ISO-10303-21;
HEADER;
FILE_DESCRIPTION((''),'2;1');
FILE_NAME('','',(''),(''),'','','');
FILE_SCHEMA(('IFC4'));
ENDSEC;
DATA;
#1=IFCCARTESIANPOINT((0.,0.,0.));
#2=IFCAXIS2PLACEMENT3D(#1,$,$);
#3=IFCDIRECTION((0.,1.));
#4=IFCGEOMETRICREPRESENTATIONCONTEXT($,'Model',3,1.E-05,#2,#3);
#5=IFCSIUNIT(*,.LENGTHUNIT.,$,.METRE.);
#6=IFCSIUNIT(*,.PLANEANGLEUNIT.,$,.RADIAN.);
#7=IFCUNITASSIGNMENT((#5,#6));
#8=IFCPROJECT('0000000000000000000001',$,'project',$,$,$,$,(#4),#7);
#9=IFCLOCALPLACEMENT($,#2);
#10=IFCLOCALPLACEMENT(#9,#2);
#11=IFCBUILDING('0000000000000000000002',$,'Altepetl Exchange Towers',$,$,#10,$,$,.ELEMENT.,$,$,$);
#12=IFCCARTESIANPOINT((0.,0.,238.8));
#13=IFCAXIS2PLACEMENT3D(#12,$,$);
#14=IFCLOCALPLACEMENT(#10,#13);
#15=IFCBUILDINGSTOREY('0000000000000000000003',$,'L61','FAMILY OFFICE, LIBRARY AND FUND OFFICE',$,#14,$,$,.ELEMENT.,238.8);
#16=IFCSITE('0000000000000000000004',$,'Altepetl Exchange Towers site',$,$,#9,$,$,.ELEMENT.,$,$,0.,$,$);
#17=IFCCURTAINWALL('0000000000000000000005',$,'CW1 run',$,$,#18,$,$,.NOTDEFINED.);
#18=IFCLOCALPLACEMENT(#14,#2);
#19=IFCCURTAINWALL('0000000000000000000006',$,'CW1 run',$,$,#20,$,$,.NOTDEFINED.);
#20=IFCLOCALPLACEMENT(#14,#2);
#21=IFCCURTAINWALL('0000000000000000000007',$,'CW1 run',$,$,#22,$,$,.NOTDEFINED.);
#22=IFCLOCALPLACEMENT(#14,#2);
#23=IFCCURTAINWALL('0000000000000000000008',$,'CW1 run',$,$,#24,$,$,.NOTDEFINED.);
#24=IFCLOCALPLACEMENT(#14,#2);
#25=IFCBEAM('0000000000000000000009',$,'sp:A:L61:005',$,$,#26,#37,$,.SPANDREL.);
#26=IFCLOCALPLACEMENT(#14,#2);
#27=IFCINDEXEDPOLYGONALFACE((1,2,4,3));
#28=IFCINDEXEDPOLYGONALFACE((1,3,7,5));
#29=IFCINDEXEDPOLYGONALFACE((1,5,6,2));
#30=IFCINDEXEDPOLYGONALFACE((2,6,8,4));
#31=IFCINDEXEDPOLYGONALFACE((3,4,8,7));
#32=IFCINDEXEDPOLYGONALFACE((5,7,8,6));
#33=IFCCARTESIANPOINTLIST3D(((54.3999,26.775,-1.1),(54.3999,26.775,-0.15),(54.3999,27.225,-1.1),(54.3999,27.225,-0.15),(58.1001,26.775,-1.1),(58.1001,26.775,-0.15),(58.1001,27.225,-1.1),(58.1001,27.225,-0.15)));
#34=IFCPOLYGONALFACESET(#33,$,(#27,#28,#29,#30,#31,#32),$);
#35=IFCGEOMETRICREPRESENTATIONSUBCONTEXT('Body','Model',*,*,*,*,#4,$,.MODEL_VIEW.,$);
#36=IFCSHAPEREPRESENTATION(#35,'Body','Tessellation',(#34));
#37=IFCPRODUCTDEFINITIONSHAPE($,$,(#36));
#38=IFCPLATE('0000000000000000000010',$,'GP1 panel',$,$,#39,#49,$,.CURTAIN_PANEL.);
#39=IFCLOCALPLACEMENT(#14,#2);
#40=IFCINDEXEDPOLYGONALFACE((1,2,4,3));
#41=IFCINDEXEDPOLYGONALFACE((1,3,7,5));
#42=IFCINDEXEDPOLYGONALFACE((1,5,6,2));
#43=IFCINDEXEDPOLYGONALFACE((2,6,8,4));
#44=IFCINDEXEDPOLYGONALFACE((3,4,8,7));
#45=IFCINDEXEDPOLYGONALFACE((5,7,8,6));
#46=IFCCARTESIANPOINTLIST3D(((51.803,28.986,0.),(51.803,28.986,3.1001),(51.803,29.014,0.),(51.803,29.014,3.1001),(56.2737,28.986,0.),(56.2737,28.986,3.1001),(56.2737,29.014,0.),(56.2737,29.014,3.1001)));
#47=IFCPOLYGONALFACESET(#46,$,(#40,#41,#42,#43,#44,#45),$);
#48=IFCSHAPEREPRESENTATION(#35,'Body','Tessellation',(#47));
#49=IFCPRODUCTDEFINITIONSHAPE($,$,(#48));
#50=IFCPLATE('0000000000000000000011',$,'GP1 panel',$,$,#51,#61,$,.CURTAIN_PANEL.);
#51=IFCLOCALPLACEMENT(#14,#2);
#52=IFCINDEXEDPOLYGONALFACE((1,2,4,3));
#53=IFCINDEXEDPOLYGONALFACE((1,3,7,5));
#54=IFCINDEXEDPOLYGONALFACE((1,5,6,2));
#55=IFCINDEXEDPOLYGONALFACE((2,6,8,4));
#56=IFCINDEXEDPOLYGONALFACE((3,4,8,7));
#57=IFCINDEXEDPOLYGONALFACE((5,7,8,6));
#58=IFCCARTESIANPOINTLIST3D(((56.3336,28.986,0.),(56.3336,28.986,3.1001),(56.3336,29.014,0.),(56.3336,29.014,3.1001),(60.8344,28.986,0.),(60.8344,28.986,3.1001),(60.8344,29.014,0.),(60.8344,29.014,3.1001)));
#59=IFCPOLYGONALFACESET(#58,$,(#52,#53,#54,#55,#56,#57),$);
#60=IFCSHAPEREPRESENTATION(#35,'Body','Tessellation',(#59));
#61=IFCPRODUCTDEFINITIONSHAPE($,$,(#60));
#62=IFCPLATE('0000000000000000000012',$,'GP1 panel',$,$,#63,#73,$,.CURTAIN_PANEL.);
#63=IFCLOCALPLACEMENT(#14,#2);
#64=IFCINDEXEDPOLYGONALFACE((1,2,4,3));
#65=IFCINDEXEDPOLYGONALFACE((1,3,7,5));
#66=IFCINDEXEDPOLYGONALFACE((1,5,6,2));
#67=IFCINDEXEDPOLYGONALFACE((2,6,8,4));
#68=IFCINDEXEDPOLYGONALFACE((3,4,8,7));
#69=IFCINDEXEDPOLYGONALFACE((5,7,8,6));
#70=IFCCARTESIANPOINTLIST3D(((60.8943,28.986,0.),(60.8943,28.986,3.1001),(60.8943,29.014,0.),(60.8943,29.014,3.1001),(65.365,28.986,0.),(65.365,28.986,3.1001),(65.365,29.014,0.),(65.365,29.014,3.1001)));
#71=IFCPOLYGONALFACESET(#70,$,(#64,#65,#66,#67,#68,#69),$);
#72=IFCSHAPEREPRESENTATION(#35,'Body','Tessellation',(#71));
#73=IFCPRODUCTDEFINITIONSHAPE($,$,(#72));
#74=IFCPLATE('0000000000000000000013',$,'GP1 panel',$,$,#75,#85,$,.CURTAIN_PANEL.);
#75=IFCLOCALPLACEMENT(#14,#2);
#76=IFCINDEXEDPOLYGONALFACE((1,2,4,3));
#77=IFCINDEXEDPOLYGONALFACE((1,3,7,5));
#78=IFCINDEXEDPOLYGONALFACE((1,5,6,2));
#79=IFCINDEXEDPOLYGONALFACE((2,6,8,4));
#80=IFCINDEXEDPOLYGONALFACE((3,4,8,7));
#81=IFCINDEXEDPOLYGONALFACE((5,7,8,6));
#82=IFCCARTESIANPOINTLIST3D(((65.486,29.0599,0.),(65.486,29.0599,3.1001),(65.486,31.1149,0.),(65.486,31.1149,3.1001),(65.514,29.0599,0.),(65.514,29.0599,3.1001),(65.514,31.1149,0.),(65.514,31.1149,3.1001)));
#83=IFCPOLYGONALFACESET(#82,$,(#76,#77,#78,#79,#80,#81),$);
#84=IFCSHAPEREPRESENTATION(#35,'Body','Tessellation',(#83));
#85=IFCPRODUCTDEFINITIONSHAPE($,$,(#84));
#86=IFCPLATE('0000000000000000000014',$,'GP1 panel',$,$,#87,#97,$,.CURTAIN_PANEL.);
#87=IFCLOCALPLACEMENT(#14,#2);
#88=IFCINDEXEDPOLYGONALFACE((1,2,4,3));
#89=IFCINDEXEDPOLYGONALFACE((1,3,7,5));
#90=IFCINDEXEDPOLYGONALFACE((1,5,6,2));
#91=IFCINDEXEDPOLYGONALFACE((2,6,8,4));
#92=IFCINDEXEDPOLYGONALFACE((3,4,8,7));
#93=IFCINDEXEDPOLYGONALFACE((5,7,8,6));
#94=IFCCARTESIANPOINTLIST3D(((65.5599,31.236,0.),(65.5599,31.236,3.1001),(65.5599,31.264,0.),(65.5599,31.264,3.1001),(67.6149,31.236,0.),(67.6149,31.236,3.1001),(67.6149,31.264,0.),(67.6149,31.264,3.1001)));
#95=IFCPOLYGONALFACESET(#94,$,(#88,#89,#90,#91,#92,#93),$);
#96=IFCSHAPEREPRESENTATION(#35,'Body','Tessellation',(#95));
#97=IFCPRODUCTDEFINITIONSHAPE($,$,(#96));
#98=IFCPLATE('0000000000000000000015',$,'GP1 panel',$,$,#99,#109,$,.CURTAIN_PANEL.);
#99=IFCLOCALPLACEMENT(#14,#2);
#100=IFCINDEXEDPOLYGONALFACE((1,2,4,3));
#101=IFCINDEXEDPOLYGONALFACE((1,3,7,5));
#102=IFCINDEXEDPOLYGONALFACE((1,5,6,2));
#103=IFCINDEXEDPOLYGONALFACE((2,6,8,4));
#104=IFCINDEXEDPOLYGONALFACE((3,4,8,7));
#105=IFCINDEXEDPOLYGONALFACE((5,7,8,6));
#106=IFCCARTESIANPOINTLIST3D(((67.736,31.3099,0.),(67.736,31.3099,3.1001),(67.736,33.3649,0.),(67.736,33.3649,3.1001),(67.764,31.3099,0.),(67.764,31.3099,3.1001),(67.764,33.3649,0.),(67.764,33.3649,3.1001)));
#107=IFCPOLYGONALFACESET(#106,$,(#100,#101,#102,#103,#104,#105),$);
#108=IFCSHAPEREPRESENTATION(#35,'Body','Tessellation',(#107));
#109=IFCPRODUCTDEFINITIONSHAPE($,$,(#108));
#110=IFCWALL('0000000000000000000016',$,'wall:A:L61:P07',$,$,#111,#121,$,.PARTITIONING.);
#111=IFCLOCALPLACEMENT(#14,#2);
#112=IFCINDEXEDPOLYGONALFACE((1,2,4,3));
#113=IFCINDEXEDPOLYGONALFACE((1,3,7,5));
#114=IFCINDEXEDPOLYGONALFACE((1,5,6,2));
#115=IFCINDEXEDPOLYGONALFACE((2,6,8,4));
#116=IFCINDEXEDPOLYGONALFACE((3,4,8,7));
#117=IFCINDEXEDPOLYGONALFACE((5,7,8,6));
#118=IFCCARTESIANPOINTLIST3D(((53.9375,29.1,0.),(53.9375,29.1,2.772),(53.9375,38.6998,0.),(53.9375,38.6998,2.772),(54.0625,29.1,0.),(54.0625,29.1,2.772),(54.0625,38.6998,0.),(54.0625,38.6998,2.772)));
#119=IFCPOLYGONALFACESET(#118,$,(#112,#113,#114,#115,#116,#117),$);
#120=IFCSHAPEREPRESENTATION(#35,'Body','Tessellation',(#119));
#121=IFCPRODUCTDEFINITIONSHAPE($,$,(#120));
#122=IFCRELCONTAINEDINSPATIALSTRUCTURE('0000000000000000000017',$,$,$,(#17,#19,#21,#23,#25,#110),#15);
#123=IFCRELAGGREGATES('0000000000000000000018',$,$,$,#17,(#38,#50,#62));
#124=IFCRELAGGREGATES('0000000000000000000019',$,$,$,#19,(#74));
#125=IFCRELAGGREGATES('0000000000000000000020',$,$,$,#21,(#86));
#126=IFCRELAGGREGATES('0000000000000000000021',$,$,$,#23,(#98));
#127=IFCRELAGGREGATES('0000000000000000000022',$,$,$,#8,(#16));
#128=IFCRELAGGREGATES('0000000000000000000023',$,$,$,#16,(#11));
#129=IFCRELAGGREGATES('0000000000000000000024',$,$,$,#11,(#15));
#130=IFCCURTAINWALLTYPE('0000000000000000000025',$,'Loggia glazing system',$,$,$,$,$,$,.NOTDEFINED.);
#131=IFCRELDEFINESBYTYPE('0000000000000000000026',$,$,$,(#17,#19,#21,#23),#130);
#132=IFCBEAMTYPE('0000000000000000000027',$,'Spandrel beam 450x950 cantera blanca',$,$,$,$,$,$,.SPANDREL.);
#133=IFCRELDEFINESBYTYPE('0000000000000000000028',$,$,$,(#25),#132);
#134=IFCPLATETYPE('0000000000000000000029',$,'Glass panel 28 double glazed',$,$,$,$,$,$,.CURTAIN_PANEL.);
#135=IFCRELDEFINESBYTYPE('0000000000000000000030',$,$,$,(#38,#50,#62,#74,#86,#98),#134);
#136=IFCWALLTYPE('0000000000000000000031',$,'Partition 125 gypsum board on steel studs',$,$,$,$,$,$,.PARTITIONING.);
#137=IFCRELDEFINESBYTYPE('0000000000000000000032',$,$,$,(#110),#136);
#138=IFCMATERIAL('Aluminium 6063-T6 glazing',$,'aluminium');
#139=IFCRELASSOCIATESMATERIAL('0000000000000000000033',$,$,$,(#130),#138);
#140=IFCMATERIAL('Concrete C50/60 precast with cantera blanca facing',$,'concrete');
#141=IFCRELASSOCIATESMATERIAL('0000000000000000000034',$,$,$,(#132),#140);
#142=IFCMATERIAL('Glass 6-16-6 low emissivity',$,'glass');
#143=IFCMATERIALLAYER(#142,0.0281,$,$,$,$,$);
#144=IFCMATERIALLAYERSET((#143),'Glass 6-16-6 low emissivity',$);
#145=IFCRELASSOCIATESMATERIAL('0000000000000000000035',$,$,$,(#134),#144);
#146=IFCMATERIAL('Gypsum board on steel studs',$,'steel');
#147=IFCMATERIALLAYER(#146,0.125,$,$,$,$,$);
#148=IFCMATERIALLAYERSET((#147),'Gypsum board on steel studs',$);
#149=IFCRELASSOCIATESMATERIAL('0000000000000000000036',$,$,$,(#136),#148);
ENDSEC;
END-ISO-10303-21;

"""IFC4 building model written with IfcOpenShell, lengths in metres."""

from ifc_helpers import new_model, si_unit, direction, frame, frame_2d, origin, origin_2d, place, context, subcontext, project, spatial, rectangle, extrude, material, layer, layer_set, material_profile, profile_set, type_object, element, aggregate, save


model = new_model("IFC4")

# Units and contexts
model_context = context("Model", 3, precision=1e-05, world=origin(), true_north=direction((0.0, 1.0)))
body_context = subcontext(model_context, "Body", "Model", "MODEL_VIEW")
ifc_project = project(units=[si_unit("LENGTHUNIT", "METRE"), si_unit("PLANEANGLEUNIT", "RADIAN")], contexts=[model_context])

# Site, building, storey
site_placement = place(None, origin())
site = spatial("IfcSite", under=ifc_project, at=site_placement, Name="Altepetl Exchange Towers site", CompositionType="ELEMENT", RefElevation=0.0)
building_placement = place(site_placement, origin())
building = spatial("IfcBuilding", under=site, at=building_placement, Name="Altepetl Exchange Towers", CompositionType="ELEMENT")
storey_placement = place(building_placement, frame((0.0, 0.0, 238.8)))
storey = spatial("IfcBuildingStorey", under=building, at=storey_placement, Name="L61", Description="FAMILY OFFICE, LIBRARY AND FUND OFFICE", CompositionType="ELEMENT", Elevation=238.8)

# Curtain walls
ifc_material_1 = material(Name="Aluminium 6063-T6 glazing", Category="aluminium")
curtain_wall_type = type_object("IfcCurtainWallType", Name="Loggia glazing system", PredefinedType="NOTDEFINED", material=ifc_material_1)
curtain_wall_1_placement = place(storey_placement, origin())
curtain_wall_1 = element("IfcCurtainWall", 1, at=curtain_wall_1_placement, inside=storey, type_object=curtain_wall_type, Name="CW1 run", PredefinedType="NOTDEFINED")
curtain_wall_2_placement = place(storey_placement, origin())
curtain_wall_2 = element("IfcCurtainWall", 2, at=curtain_wall_2_placement, inside=storey, type_object=curtain_wall_type, Name="CW1 run", PredefinedType="NOTDEFINED")
curtain_wall_3_placement = place(storey_placement, origin())
curtain_wall_3 = element("IfcCurtainWall", 3, at=curtain_wall_3_placement, inside=storey, type_object=curtain_wall_type, Name="CW1 run", PredefinedType="NOTDEFINED")
curtain_wall_4_placement = place(storey_placement, origin())
curtain_wall_4 = element("IfcCurtainWall", 4, at=curtain_wall_4_placement, inside=storey, type_object=curtain_wall_type, Name="CW1 run", PredefinedType="NOTDEFINED")

# Beam
ifc_material_2 = material(Name="Concrete C50/60 precast with cantera blanca facing", Category="concrete")
ifc_material_profile_1 = material_profile(ifc_material_2, rectangle(XDim=0.45, YDim=0.95, at=origin_2d()), Name="450 x 950")
ifc_profile_set_1 = profile_set([ifc_material_profile_1], Name="Concrete C50/60 precast with cantera blanca facing")
beam_type_1 = type_object("IfcBeamType", Name="Spandrel beam 450x950 cantera blanca", PredefinedType="SPANDREL", material=ifc_profile_set_1)
beam_1_placement = place(storey_placement, frame((54.3999, 27.0, -0.625), z_axis=(1.0, 0.0, 0.0), x_axis=(0.0, 1.0, 0.0)))
element("IfcBeam", 5, at=beam_1_placement, inside=storey, type_object=beam_type_1, Name="sp:A:L61:005", PredefinedType="SPANDREL", context=body_context, shape_type="SweptSolid", body=[
    extrude(rectangle(XDim=0.45, YDim=0.95, at=origin_2d()), origin(), (0.0, 0.0, 1.0), 3.7002),
])

# Plates
ifc_material_3 = material(Name="Glass 6-16-6 low emissivity", Category="glass")
ifc_layer_1 = layer(ifc_material_3, 0.0281)
ifc_layer_set_1 = layer_set([ifc_layer_1], Name="Glass 6-16-6 low emissivity")
plate_type = type_object("IfcPlateType", Name="Glass panel 28 double glazed", PredefinedType="CURTAIN_PANEL", material=ifc_layer_set_1)
plate_1_placement = place(storey_placement, frame((54.0383, 29.0, 0.0)))
plate_1 = element("IfcPlate", 6, at=plate_1_placement, type_object=plate_type, Name="GP1 panel", PredefinedType="CURTAIN_PANEL", context=body_context, shape_type="SweptSolid", body=[
    extrude(rectangle(XDim=4.4707, YDim=0.0281, at=origin_2d()), origin(), (0.0, 0.0, 1.0), 3.1001),
])
plate_2_placement = place(storey_placement, frame((58.584, 29.0, 0.0)))
plate_2 = element("IfcPlate", 7, at=plate_2_placement, type_object=plate_type, Name="GP1 panel", PredefinedType="CURTAIN_PANEL", context=body_context, shape_type="SweptSolid", body=[
    extrude(rectangle(XDim=4.5007, YDim=0.0281, at=origin_2d()), origin(), (0.0, 0.0, 1.0), 3.1001),
])
plate_3_placement = place(storey_placement, frame((63.1296, 29.0, 0.0)))
plate_3 = element("IfcPlate", 8, at=plate_3_placement, type_object=plate_type, Name="GP1 panel", PredefinedType="CURTAIN_PANEL", context=body_context, shape_type="SweptSolid", body=[
    extrude(rectangle(XDim=4.4707, YDim=0.0281, at=origin_2d()), origin(), (0.0, 0.0, 1.0), 3.1001),
])
aggregate(curtain_wall_1, [plate_1, plate_2, plate_3])
plate_4_placement = place(storey_placement, frame((65.5, 30.0874, 0.0), z_axis=(0.0, 0.0, 1.0), x_axis=(0.0, 1.0, 0.0)))
plate_4 = element("IfcPlate", 9, at=plate_4_placement, type_object=plate_type, Name="GP1 panel", PredefinedType="CURTAIN_PANEL", context=body_context, shape_type="SweptSolid", body=[
    extrude(rectangle(XDim=2.0549, YDim=0.0281, at=origin_2d()), origin(), (0.0, 0.0, 1.0), 3.1001),
])
aggregate(curtain_wall_2, [plate_4])
plate_5_placement = place(storey_placement, frame((66.5874, 31.25, 0.0)))
plate_5 = element("IfcPlate", 10, at=plate_5_placement, type_object=plate_type, Name="GP1 panel", PredefinedType="CURTAIN_PANEL", context=body_context, shape_type="SweptSolid", body=[
    extrude(rectangle(XDim=2.0549, YDim=0.0281, at=origin_2d()), origin(), (0.0, 0.0, 1.0), 3.1001),
])
aggregate(curtain_wall_3, [plate_5])
plate_6_placement = place(storey_placement, frame((67.75, 32.3374, 0.0), z_axis=(0.0, 0.0, 1.0), x_axis=(0.0, 1.0, 0.0)))
plate_6 = element("IfcPlate", 11, at=plate_6_placement, type_object=plate_type, Name="GP1 panel", PredefinedType="CURTAIN_PANEL", context=body_context, shape_type="SweptSolid", body=[
    extrude(rectangle(XDim=2.0549, YDim=0.0281, at=origin_2d()), origin(), (0.0, 0.0, 1.0), 3.1001),
])
aggregate(curtain_wall_4, [plate_6])

# Wall
ifc_material_4 = material(Name="Gypsum board on steel studs", Category="steel")
ifc_layer_2 = layer(ifc_material_4, 0.125)
ifc_layer_set_2 = layer_set([ifc_layer_2], Name="Gypsum board on steel studs")
wall_type = type_object("IfcWallType", Name="Partition 125 gypsum board on steel studs", PredefinedType="PARTITIONING", material=ifc_layer_set_2)
wall_placement = place(storey_placement, frame((54.0, 29.1001, 0.0), z_axis=(0.0, 0.0, 1.0), x_axis=(0.0, 1.0, 0.0)))
element("IfcWall", 12, at=wall_placement, inside=storey, type_object=wall_type, Name="wall:A:L61:P07", PredefinedType="PARTITIONING", context=body_context, shape_type="SweptSolid", body=[
    extrude(rectangle(XDim=9.5999, YDim=0.125, at=frame_2d((4.7998, 0.0))), origin(), (0.0, 0.0, 1.0), 2.772),
])

save(model, "model.ifc")
